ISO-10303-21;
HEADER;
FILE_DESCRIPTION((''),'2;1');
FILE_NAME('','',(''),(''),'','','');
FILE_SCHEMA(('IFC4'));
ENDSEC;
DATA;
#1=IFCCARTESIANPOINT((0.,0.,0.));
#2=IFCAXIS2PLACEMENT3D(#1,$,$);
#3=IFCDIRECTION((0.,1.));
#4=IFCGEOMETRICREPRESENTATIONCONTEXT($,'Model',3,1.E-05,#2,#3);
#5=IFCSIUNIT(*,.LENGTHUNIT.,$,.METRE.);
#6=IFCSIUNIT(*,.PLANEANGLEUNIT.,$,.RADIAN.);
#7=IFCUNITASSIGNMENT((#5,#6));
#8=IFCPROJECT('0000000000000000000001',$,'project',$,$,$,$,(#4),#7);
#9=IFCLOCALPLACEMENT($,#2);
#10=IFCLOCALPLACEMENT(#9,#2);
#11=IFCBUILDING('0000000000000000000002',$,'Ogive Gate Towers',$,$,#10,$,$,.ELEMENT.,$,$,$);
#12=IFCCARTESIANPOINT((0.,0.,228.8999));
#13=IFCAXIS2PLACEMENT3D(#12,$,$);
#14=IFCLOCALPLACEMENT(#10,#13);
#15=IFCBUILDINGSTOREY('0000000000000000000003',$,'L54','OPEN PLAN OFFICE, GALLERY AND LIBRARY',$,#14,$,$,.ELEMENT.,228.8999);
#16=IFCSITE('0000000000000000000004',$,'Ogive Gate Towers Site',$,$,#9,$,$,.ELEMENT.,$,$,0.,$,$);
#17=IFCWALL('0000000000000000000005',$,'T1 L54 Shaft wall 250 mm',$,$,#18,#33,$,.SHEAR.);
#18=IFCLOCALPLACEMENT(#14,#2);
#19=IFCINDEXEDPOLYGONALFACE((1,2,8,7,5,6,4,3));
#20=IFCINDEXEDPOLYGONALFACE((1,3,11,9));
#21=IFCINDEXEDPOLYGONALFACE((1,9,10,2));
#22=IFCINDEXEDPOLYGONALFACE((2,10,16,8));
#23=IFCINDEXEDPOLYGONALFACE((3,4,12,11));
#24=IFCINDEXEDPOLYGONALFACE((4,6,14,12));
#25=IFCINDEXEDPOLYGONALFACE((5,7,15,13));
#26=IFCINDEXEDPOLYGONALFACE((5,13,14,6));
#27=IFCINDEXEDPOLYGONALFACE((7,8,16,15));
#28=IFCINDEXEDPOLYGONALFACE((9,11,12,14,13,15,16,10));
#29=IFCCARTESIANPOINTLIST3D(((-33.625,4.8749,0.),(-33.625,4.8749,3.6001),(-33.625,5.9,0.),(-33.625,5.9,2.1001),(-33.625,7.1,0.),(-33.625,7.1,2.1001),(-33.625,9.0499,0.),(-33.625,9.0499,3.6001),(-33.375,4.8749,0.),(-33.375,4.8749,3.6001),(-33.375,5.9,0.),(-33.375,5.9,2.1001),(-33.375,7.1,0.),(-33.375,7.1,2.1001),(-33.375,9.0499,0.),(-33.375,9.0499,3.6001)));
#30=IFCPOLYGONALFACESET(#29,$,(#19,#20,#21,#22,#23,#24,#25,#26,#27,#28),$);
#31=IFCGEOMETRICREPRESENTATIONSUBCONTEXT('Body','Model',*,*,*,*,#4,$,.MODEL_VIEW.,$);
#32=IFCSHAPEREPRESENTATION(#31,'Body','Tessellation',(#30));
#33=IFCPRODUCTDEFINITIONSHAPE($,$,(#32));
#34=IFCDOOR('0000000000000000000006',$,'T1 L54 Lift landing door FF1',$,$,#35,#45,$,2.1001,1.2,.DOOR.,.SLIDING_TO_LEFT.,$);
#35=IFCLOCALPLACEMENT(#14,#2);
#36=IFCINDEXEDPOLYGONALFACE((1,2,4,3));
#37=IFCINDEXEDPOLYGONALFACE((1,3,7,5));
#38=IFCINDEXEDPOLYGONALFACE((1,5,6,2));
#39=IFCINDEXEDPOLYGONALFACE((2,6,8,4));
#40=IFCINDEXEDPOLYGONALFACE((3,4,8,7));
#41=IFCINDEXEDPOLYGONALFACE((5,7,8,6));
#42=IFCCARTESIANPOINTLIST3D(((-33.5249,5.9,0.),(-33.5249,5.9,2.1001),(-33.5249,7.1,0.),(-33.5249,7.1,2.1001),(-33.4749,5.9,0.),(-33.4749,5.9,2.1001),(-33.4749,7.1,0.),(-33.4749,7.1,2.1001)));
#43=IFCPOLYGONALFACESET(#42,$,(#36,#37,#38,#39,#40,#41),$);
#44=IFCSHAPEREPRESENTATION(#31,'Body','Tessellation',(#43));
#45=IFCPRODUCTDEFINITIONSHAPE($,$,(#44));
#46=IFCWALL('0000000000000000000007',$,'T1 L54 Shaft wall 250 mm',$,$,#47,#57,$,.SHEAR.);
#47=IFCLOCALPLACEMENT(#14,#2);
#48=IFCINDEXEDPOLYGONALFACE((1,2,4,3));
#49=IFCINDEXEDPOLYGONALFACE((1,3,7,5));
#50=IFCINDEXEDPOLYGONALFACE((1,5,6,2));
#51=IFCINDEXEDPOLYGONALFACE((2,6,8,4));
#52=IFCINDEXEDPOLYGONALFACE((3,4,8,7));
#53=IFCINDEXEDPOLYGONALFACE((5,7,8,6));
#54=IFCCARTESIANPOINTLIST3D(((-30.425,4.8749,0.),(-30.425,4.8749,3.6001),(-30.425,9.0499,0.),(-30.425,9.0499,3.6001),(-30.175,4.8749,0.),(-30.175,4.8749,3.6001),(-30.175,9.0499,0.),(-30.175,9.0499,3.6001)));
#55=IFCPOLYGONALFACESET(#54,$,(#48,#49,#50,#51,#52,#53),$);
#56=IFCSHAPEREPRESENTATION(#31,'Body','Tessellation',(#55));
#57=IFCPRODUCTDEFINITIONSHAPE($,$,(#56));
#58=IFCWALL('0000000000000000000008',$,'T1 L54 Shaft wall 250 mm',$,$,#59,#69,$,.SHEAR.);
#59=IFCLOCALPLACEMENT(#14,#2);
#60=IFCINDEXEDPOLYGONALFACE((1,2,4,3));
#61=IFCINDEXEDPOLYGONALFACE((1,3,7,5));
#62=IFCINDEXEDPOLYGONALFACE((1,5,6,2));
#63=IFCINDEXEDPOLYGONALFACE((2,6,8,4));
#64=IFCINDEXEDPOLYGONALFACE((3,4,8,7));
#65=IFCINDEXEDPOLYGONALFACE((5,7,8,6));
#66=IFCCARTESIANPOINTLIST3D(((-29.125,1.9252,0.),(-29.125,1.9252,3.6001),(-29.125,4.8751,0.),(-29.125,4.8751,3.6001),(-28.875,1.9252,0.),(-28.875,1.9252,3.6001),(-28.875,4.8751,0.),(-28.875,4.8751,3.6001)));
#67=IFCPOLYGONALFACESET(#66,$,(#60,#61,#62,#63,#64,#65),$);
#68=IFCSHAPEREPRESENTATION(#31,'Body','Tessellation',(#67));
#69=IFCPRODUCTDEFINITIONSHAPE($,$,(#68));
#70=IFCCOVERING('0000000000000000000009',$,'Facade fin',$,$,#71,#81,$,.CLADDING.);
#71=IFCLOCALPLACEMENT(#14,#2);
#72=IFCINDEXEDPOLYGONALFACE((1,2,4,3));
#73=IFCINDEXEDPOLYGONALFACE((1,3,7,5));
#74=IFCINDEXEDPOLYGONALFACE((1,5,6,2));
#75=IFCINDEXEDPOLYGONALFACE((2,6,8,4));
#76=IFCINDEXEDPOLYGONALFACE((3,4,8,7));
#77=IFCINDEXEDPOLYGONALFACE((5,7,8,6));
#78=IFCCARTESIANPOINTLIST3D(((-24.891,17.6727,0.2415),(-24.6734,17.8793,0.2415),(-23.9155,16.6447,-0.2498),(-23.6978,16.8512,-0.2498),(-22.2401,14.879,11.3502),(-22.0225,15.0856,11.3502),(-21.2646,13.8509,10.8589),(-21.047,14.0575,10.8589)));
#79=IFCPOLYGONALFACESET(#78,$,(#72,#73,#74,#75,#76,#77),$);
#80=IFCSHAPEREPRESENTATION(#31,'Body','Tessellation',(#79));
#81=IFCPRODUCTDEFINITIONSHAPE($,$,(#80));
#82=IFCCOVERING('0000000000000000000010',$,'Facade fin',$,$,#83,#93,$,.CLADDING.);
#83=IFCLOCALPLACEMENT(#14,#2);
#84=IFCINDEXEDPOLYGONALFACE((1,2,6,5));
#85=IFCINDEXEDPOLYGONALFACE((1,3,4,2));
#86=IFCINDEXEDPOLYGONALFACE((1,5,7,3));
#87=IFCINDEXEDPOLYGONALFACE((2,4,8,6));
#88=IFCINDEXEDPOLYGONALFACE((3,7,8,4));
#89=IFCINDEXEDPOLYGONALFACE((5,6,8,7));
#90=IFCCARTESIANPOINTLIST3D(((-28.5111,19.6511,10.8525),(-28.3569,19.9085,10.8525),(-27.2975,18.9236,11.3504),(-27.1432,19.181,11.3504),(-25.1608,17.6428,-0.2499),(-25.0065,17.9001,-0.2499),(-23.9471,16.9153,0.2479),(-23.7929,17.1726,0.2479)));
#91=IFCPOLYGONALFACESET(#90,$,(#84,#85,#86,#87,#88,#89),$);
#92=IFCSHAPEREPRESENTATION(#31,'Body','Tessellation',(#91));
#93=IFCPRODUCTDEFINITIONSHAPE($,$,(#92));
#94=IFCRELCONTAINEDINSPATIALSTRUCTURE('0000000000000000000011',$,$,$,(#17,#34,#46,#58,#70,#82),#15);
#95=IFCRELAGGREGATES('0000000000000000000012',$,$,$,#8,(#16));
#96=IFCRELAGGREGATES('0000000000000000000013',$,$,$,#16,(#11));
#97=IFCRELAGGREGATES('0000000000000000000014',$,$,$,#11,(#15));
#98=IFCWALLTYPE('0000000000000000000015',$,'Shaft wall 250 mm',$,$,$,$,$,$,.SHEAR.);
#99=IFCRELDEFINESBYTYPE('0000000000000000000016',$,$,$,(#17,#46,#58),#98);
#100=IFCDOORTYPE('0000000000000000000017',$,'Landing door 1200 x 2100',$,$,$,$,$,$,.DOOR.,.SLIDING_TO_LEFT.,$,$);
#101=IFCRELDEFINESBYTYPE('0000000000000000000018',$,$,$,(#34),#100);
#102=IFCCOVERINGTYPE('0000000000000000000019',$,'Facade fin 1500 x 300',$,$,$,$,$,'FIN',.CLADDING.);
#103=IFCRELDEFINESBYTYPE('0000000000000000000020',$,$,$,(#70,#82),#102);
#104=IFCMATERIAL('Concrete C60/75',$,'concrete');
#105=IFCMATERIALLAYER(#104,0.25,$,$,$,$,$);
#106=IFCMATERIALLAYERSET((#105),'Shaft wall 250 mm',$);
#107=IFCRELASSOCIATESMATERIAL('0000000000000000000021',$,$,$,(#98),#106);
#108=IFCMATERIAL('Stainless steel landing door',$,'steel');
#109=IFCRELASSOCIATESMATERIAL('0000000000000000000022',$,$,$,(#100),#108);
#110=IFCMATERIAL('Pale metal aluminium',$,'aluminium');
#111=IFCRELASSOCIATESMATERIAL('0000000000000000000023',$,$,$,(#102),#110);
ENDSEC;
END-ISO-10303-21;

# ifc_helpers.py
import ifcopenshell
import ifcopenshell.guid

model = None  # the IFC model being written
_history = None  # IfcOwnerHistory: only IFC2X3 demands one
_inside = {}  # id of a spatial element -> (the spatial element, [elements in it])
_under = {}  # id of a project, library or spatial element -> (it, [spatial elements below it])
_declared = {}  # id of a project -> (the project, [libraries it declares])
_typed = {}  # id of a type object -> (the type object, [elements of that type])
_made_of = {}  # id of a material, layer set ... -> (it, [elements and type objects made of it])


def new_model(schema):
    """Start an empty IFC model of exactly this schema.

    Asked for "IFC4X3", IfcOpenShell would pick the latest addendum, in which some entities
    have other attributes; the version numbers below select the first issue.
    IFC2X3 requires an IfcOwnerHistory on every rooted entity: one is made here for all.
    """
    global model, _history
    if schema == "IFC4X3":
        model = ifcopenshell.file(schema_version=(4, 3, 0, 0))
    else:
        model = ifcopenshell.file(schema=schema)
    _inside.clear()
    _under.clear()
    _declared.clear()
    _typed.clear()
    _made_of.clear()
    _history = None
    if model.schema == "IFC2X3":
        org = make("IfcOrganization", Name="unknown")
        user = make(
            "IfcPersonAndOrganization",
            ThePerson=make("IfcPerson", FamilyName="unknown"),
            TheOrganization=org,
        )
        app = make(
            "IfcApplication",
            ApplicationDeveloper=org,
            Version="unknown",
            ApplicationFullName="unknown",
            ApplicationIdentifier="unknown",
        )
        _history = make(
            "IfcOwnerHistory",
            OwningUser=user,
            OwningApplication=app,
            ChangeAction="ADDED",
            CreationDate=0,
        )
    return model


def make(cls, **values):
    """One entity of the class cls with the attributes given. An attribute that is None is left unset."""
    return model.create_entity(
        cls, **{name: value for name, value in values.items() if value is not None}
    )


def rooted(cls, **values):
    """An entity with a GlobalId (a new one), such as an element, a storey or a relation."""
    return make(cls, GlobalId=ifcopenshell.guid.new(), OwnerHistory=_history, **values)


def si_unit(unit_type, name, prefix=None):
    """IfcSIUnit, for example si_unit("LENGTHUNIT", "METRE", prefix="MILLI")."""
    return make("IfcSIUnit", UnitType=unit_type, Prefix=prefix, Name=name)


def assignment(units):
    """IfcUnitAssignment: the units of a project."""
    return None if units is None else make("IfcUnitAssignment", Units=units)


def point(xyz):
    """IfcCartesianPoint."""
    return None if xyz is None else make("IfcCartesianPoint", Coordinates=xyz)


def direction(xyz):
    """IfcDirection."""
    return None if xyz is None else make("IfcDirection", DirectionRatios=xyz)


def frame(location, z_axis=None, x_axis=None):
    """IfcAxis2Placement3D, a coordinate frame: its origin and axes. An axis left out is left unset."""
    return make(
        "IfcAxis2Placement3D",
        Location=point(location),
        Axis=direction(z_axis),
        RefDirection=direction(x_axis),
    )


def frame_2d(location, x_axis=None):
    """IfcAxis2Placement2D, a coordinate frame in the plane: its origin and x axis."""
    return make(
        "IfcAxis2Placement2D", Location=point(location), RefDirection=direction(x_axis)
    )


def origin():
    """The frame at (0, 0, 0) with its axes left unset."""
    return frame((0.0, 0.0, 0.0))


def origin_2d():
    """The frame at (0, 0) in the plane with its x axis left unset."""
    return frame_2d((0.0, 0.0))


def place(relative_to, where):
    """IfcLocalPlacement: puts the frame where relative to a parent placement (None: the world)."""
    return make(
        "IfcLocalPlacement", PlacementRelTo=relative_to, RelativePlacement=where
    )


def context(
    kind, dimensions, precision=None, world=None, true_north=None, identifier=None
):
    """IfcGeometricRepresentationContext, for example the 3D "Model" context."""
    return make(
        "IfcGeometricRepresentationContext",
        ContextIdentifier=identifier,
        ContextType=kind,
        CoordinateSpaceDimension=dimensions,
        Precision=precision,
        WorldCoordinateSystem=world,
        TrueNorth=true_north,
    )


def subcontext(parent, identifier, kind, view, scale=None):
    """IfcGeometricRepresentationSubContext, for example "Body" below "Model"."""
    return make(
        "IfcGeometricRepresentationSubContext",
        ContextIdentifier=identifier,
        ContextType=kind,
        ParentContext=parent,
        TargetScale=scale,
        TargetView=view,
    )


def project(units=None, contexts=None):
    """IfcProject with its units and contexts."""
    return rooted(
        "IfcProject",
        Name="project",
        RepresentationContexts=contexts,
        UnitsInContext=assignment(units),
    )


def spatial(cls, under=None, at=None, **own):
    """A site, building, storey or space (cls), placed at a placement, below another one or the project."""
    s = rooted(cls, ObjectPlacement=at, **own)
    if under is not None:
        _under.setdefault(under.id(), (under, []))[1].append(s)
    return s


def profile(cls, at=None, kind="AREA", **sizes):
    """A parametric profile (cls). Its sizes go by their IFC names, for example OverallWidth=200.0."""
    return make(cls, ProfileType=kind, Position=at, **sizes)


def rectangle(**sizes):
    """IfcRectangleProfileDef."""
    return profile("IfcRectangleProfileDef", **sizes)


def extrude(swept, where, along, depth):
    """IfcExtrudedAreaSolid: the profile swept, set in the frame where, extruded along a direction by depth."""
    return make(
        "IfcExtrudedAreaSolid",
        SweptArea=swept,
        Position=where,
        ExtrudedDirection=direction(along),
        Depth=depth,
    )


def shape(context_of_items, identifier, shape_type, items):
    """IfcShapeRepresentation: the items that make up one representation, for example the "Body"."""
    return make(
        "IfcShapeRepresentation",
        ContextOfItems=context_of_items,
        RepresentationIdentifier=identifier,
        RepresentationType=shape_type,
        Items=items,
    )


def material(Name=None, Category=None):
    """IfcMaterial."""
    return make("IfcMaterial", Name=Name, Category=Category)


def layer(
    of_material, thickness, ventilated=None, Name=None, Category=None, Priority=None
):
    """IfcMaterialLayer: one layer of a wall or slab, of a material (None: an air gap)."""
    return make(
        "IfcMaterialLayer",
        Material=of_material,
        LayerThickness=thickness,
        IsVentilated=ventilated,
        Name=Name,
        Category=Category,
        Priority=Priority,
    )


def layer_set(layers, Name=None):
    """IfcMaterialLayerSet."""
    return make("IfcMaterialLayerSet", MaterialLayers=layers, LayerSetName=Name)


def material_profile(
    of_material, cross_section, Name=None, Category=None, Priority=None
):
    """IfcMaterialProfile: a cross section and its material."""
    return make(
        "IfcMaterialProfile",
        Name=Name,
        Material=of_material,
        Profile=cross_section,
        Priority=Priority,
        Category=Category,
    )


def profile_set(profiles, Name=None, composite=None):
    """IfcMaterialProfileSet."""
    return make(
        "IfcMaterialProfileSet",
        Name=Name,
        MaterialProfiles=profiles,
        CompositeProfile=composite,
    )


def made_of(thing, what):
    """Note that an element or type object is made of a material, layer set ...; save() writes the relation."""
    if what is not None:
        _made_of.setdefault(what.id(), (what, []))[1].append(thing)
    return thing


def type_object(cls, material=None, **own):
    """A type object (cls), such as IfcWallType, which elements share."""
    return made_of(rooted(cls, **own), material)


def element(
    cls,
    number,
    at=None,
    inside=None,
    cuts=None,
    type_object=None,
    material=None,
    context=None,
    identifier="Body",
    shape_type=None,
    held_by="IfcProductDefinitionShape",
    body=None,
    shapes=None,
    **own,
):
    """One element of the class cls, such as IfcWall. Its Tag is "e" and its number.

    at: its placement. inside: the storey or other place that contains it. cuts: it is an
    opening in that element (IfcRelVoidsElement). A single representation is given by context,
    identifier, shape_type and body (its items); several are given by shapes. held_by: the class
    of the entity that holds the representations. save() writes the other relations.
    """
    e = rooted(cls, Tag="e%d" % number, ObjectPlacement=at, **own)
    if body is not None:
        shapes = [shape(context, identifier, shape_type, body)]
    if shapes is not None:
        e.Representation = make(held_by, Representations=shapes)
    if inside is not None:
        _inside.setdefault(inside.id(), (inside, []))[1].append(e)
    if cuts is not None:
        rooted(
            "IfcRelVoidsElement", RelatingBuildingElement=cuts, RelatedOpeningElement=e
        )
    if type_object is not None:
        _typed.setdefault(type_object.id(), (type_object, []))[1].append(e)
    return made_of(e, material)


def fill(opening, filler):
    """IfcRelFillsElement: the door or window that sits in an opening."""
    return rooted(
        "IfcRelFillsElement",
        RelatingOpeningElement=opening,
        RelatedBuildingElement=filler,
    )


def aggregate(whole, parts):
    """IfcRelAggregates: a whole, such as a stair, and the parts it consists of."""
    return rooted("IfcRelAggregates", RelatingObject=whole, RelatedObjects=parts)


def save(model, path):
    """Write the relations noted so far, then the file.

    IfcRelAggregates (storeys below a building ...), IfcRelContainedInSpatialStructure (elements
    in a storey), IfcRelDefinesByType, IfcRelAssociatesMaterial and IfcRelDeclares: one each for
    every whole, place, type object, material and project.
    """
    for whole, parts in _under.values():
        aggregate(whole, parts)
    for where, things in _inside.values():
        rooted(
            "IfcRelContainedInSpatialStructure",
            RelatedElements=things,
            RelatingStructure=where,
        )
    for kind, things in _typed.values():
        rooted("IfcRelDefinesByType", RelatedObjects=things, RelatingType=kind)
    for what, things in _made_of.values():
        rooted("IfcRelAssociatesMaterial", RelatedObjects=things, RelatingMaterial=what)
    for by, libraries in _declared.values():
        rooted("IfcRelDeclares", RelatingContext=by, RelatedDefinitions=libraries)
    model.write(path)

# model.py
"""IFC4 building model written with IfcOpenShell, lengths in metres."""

from ifc_helpers import new_model, si_unit, direction, frame, frame_2d, origin, origin_2d, place, context, subcontext, project, spatial, rectangle, extrude, material, layer, layer_set, material_profile, profile_set, type_object, element, fill, save


model = new_model("IFC4")

# Units and contexts
model_context = context("Model", 3, precision=1e-05, world=origin(), true_north=direction((0.0, 1.0)))
body_context = subcontext(model_context, "Body", "Model", "MODEL_VIEW")
ifc_project = project(units=[si_unit("LENGTHUNIT", "METRE"), si_unit("PLANEANGLEUNIT", "RADIAN")], contexts=[model_context])

# Site, building, storey
site_placement = place(None, origin())
site = spatial("IfcSite", under=ifc_project, at=site_placement, Name="Ogive Gate Towers Site", CompositionType="ELEMENT", RefElevation=0.0)
building_placement = place(site_placement, origin())
building = spatial("IfcBuilding", under=site, at=building_placement, Name="Ogive Gate Towers", CompositionType="ELEMENT")
storey_placement = place(building_placement, frame((0.0, 0.0, 228.8999)))
storey = spatial("IfcBuildingStorey", under=building, at=storey_placement, Name="L54", Description="OPEN PLAN OFFICE, GALLERY AND LIBRARY", CompositionType="ELEMENT", Elevation=228.8999)

# Shared definitions
ifc_material_1 = material(Name="Pale metal aluminium", Category="aluminium")

# Wall, opening, door
ifc_material_2 = material(Name="Concrete C60/75", Category="concrete")
ifc_layer_1 = layer(ifc_material_2, 0.25)
ifc_layer_set_1 = layer_set([ifc_layer_1], Name="Shaft wall 250 mm")
wall_type_1 = type_object("IfcWallType", Name="Shaft wall 250 mm", PredefinedType="SHEAR", material=ifc_layer_set_1)
wall_1_placement = place(storey_placement, frame((-33.5, 4.875, 0.0), z_axis=(0.0, 0.0, 1.0), x_axis=(0.0, 1.0, 0.0)))
wall_1 = element("IfcWall", 1, at=wall_1_placement, inside=storey, type_object=wall_type_1, Name="T1 L54 Shaft wall 250 mm", PredefinedType="SHEAR", context=body_context, shape_type="SweptSolid", body=[
    extrude(rectangle(XDim=4.175, YDim=0.25, at=frame_2d((2.0874, 0.0))), origin(), (0.0, 0.0, 1.0), 3.6001),
])
opening_1_placement = place(wall_1_placement, frame((1.0249, 0.0, 0.0)))
opening_1 = element("IfcOpeningElement", 2, at=opening_1_placement, cuts=wall_1, PredefinedType="OPENING", context=body_context, shape_type="SweptSolid", body=[
    extrude(rectangle(XDim=1.2, YDim=2.1001, at=frame_2d((0.6001, 1.05))), frame((0.0, 0.135, 0.0), z_axis=(0.0, -1.0, 0.0), x_axis=(1.0, 0.0, 0.0)), (0.0, 0.0, 1.0), 0.27),
])
ifc_material_3 = material(Name="Stainless steel landing door", Category="steel")
door_type_1 = type_object("IfcDoorType", Name="Landing door 1200 x 2100", OperationType="SLIDING_TO_LEFT", PredefinedType="DOOR", material=ifc_material_3)
door_1_placement = place(opening_1_placement, origin())
door_1 = element("IfcDoor", 3, at=door_1_placement, inside=storey, type_object=door_type_1, Name="T1 L54 Lift landing door FF1", OperationType="SLIDING_TO_LEFT", OverallHeight=2.1001, OverallWidth=1.2, PredefinedType="DOOR", context=body_context, shape_type="SweptSolid", body=[
    extrude(rectangle(XDim=1.2, YDim=2.1001, at=frame_2d((0.6001, 1.05))), frame((0.0, 0.0249, 0.0), z_axis=(0.0, -1.0, 0.0), x_axis=(1.0, 0.0, 0.0)), (0.0, 0.0, 1.0), 0.05),
])
fill(opening_1, door_1)

# Walls
wall_2_placement = place(storey_placement, frame((-30.3, 4.875, 0.0), z_axis=(0.0, 0.0, 1.0), x_axis=(0.0, 1.0, 0.0)))
element("IfcWall", 4, at=wall_2_placement, inside=storey, type_object=wall_type_1, Name="T1 L54 Shaft wall 250 mm", PredefinedType="SHEAR", context=body_context, shape_type="SweptSolid", body=[
    extrude(rectangle(XDim=4.175, YDim=0.25, at=frame_2d((2.0874, 0.0))), origin(), (0.0, 0.0, 1.0), 3.6001),
])
wall_3_placement = place(storey_placement, frame((-29.0, 1.925, 0.0), z_axis=(0.0, 0.0, 1.0), x_axis=(0.0, 1.0, 0.0)))
element("IfcWall", 5, at=wall_3_placement, inside=storey, type_object=wall_type_1, Name="T1 L54 Shaft wall 250 mm", PredefinedType="SHEAR", context=body_context, shape_type="SweptSolid", body=[
    extrude(rectangle(XDim=2.95, YDim=0.25, at=frame_2d((1.4751, 0.0))), origin(), (0.0, 0.0, 1.0), 3.6001),
])

# Coverings
ifc_material_profile_1 = material_profile(ifc_material_1, rectangle(XDim=0.3, YDim=1.5, at=origin_2d()), Name="1500 x 300 pale metal aluminium")
ifc_profile_set_1 = profile_set([ifc_material_profile_1], Name="Pale metal aluminium")
covering_type = type_object("IfcCoveringType", Name="Facade fin 1500 x 300", ElementType="FIN", PredefinedType="CLADDING", material=ifc_profile_set_1)
covering_1_placement = place(storey_placement, frame((-24.2944, 17.262, -0.0042), z_axis=(0.225467, -0.237614, 0.94483), x_axis=(0.725406, 0.688321, 0.0)))
element("IfcCovering", 6, at=covering_1_placement, inside=storey, type_object=covering_type, Name="Facade fin", PredefinedType="CLADDING", context=body_context, shape_type="SweptSolid", body=[
    extrude(rectangle(XDim=0.3, YDim=1.5, at=origin_2d()), origin(), (0.0, 0.0, 1.0), 11.7573),
])
covering_2_placement = place(storey_placement, frame((-24.4768, 17.4077, -0.001), z_axis=(-0.284665, 0.170637, 0.943318), x_axis=(-0.514137, -0.857708, 0.0)))
element("IfcCovering", 7, at=covering_2_placement, inside=storey, type_object=covering_type, Name="Facade fin", PredefinedType="CLADDING", context=body_context, shape_type="SweptSolid", body=[
    extrude(rectangle(XDim=0.3, YDim=1.5, at=origin_2d()), origin(), (0.0, 0.0, 1.0), 11.7695),
])

save(model, "model.ifc")
